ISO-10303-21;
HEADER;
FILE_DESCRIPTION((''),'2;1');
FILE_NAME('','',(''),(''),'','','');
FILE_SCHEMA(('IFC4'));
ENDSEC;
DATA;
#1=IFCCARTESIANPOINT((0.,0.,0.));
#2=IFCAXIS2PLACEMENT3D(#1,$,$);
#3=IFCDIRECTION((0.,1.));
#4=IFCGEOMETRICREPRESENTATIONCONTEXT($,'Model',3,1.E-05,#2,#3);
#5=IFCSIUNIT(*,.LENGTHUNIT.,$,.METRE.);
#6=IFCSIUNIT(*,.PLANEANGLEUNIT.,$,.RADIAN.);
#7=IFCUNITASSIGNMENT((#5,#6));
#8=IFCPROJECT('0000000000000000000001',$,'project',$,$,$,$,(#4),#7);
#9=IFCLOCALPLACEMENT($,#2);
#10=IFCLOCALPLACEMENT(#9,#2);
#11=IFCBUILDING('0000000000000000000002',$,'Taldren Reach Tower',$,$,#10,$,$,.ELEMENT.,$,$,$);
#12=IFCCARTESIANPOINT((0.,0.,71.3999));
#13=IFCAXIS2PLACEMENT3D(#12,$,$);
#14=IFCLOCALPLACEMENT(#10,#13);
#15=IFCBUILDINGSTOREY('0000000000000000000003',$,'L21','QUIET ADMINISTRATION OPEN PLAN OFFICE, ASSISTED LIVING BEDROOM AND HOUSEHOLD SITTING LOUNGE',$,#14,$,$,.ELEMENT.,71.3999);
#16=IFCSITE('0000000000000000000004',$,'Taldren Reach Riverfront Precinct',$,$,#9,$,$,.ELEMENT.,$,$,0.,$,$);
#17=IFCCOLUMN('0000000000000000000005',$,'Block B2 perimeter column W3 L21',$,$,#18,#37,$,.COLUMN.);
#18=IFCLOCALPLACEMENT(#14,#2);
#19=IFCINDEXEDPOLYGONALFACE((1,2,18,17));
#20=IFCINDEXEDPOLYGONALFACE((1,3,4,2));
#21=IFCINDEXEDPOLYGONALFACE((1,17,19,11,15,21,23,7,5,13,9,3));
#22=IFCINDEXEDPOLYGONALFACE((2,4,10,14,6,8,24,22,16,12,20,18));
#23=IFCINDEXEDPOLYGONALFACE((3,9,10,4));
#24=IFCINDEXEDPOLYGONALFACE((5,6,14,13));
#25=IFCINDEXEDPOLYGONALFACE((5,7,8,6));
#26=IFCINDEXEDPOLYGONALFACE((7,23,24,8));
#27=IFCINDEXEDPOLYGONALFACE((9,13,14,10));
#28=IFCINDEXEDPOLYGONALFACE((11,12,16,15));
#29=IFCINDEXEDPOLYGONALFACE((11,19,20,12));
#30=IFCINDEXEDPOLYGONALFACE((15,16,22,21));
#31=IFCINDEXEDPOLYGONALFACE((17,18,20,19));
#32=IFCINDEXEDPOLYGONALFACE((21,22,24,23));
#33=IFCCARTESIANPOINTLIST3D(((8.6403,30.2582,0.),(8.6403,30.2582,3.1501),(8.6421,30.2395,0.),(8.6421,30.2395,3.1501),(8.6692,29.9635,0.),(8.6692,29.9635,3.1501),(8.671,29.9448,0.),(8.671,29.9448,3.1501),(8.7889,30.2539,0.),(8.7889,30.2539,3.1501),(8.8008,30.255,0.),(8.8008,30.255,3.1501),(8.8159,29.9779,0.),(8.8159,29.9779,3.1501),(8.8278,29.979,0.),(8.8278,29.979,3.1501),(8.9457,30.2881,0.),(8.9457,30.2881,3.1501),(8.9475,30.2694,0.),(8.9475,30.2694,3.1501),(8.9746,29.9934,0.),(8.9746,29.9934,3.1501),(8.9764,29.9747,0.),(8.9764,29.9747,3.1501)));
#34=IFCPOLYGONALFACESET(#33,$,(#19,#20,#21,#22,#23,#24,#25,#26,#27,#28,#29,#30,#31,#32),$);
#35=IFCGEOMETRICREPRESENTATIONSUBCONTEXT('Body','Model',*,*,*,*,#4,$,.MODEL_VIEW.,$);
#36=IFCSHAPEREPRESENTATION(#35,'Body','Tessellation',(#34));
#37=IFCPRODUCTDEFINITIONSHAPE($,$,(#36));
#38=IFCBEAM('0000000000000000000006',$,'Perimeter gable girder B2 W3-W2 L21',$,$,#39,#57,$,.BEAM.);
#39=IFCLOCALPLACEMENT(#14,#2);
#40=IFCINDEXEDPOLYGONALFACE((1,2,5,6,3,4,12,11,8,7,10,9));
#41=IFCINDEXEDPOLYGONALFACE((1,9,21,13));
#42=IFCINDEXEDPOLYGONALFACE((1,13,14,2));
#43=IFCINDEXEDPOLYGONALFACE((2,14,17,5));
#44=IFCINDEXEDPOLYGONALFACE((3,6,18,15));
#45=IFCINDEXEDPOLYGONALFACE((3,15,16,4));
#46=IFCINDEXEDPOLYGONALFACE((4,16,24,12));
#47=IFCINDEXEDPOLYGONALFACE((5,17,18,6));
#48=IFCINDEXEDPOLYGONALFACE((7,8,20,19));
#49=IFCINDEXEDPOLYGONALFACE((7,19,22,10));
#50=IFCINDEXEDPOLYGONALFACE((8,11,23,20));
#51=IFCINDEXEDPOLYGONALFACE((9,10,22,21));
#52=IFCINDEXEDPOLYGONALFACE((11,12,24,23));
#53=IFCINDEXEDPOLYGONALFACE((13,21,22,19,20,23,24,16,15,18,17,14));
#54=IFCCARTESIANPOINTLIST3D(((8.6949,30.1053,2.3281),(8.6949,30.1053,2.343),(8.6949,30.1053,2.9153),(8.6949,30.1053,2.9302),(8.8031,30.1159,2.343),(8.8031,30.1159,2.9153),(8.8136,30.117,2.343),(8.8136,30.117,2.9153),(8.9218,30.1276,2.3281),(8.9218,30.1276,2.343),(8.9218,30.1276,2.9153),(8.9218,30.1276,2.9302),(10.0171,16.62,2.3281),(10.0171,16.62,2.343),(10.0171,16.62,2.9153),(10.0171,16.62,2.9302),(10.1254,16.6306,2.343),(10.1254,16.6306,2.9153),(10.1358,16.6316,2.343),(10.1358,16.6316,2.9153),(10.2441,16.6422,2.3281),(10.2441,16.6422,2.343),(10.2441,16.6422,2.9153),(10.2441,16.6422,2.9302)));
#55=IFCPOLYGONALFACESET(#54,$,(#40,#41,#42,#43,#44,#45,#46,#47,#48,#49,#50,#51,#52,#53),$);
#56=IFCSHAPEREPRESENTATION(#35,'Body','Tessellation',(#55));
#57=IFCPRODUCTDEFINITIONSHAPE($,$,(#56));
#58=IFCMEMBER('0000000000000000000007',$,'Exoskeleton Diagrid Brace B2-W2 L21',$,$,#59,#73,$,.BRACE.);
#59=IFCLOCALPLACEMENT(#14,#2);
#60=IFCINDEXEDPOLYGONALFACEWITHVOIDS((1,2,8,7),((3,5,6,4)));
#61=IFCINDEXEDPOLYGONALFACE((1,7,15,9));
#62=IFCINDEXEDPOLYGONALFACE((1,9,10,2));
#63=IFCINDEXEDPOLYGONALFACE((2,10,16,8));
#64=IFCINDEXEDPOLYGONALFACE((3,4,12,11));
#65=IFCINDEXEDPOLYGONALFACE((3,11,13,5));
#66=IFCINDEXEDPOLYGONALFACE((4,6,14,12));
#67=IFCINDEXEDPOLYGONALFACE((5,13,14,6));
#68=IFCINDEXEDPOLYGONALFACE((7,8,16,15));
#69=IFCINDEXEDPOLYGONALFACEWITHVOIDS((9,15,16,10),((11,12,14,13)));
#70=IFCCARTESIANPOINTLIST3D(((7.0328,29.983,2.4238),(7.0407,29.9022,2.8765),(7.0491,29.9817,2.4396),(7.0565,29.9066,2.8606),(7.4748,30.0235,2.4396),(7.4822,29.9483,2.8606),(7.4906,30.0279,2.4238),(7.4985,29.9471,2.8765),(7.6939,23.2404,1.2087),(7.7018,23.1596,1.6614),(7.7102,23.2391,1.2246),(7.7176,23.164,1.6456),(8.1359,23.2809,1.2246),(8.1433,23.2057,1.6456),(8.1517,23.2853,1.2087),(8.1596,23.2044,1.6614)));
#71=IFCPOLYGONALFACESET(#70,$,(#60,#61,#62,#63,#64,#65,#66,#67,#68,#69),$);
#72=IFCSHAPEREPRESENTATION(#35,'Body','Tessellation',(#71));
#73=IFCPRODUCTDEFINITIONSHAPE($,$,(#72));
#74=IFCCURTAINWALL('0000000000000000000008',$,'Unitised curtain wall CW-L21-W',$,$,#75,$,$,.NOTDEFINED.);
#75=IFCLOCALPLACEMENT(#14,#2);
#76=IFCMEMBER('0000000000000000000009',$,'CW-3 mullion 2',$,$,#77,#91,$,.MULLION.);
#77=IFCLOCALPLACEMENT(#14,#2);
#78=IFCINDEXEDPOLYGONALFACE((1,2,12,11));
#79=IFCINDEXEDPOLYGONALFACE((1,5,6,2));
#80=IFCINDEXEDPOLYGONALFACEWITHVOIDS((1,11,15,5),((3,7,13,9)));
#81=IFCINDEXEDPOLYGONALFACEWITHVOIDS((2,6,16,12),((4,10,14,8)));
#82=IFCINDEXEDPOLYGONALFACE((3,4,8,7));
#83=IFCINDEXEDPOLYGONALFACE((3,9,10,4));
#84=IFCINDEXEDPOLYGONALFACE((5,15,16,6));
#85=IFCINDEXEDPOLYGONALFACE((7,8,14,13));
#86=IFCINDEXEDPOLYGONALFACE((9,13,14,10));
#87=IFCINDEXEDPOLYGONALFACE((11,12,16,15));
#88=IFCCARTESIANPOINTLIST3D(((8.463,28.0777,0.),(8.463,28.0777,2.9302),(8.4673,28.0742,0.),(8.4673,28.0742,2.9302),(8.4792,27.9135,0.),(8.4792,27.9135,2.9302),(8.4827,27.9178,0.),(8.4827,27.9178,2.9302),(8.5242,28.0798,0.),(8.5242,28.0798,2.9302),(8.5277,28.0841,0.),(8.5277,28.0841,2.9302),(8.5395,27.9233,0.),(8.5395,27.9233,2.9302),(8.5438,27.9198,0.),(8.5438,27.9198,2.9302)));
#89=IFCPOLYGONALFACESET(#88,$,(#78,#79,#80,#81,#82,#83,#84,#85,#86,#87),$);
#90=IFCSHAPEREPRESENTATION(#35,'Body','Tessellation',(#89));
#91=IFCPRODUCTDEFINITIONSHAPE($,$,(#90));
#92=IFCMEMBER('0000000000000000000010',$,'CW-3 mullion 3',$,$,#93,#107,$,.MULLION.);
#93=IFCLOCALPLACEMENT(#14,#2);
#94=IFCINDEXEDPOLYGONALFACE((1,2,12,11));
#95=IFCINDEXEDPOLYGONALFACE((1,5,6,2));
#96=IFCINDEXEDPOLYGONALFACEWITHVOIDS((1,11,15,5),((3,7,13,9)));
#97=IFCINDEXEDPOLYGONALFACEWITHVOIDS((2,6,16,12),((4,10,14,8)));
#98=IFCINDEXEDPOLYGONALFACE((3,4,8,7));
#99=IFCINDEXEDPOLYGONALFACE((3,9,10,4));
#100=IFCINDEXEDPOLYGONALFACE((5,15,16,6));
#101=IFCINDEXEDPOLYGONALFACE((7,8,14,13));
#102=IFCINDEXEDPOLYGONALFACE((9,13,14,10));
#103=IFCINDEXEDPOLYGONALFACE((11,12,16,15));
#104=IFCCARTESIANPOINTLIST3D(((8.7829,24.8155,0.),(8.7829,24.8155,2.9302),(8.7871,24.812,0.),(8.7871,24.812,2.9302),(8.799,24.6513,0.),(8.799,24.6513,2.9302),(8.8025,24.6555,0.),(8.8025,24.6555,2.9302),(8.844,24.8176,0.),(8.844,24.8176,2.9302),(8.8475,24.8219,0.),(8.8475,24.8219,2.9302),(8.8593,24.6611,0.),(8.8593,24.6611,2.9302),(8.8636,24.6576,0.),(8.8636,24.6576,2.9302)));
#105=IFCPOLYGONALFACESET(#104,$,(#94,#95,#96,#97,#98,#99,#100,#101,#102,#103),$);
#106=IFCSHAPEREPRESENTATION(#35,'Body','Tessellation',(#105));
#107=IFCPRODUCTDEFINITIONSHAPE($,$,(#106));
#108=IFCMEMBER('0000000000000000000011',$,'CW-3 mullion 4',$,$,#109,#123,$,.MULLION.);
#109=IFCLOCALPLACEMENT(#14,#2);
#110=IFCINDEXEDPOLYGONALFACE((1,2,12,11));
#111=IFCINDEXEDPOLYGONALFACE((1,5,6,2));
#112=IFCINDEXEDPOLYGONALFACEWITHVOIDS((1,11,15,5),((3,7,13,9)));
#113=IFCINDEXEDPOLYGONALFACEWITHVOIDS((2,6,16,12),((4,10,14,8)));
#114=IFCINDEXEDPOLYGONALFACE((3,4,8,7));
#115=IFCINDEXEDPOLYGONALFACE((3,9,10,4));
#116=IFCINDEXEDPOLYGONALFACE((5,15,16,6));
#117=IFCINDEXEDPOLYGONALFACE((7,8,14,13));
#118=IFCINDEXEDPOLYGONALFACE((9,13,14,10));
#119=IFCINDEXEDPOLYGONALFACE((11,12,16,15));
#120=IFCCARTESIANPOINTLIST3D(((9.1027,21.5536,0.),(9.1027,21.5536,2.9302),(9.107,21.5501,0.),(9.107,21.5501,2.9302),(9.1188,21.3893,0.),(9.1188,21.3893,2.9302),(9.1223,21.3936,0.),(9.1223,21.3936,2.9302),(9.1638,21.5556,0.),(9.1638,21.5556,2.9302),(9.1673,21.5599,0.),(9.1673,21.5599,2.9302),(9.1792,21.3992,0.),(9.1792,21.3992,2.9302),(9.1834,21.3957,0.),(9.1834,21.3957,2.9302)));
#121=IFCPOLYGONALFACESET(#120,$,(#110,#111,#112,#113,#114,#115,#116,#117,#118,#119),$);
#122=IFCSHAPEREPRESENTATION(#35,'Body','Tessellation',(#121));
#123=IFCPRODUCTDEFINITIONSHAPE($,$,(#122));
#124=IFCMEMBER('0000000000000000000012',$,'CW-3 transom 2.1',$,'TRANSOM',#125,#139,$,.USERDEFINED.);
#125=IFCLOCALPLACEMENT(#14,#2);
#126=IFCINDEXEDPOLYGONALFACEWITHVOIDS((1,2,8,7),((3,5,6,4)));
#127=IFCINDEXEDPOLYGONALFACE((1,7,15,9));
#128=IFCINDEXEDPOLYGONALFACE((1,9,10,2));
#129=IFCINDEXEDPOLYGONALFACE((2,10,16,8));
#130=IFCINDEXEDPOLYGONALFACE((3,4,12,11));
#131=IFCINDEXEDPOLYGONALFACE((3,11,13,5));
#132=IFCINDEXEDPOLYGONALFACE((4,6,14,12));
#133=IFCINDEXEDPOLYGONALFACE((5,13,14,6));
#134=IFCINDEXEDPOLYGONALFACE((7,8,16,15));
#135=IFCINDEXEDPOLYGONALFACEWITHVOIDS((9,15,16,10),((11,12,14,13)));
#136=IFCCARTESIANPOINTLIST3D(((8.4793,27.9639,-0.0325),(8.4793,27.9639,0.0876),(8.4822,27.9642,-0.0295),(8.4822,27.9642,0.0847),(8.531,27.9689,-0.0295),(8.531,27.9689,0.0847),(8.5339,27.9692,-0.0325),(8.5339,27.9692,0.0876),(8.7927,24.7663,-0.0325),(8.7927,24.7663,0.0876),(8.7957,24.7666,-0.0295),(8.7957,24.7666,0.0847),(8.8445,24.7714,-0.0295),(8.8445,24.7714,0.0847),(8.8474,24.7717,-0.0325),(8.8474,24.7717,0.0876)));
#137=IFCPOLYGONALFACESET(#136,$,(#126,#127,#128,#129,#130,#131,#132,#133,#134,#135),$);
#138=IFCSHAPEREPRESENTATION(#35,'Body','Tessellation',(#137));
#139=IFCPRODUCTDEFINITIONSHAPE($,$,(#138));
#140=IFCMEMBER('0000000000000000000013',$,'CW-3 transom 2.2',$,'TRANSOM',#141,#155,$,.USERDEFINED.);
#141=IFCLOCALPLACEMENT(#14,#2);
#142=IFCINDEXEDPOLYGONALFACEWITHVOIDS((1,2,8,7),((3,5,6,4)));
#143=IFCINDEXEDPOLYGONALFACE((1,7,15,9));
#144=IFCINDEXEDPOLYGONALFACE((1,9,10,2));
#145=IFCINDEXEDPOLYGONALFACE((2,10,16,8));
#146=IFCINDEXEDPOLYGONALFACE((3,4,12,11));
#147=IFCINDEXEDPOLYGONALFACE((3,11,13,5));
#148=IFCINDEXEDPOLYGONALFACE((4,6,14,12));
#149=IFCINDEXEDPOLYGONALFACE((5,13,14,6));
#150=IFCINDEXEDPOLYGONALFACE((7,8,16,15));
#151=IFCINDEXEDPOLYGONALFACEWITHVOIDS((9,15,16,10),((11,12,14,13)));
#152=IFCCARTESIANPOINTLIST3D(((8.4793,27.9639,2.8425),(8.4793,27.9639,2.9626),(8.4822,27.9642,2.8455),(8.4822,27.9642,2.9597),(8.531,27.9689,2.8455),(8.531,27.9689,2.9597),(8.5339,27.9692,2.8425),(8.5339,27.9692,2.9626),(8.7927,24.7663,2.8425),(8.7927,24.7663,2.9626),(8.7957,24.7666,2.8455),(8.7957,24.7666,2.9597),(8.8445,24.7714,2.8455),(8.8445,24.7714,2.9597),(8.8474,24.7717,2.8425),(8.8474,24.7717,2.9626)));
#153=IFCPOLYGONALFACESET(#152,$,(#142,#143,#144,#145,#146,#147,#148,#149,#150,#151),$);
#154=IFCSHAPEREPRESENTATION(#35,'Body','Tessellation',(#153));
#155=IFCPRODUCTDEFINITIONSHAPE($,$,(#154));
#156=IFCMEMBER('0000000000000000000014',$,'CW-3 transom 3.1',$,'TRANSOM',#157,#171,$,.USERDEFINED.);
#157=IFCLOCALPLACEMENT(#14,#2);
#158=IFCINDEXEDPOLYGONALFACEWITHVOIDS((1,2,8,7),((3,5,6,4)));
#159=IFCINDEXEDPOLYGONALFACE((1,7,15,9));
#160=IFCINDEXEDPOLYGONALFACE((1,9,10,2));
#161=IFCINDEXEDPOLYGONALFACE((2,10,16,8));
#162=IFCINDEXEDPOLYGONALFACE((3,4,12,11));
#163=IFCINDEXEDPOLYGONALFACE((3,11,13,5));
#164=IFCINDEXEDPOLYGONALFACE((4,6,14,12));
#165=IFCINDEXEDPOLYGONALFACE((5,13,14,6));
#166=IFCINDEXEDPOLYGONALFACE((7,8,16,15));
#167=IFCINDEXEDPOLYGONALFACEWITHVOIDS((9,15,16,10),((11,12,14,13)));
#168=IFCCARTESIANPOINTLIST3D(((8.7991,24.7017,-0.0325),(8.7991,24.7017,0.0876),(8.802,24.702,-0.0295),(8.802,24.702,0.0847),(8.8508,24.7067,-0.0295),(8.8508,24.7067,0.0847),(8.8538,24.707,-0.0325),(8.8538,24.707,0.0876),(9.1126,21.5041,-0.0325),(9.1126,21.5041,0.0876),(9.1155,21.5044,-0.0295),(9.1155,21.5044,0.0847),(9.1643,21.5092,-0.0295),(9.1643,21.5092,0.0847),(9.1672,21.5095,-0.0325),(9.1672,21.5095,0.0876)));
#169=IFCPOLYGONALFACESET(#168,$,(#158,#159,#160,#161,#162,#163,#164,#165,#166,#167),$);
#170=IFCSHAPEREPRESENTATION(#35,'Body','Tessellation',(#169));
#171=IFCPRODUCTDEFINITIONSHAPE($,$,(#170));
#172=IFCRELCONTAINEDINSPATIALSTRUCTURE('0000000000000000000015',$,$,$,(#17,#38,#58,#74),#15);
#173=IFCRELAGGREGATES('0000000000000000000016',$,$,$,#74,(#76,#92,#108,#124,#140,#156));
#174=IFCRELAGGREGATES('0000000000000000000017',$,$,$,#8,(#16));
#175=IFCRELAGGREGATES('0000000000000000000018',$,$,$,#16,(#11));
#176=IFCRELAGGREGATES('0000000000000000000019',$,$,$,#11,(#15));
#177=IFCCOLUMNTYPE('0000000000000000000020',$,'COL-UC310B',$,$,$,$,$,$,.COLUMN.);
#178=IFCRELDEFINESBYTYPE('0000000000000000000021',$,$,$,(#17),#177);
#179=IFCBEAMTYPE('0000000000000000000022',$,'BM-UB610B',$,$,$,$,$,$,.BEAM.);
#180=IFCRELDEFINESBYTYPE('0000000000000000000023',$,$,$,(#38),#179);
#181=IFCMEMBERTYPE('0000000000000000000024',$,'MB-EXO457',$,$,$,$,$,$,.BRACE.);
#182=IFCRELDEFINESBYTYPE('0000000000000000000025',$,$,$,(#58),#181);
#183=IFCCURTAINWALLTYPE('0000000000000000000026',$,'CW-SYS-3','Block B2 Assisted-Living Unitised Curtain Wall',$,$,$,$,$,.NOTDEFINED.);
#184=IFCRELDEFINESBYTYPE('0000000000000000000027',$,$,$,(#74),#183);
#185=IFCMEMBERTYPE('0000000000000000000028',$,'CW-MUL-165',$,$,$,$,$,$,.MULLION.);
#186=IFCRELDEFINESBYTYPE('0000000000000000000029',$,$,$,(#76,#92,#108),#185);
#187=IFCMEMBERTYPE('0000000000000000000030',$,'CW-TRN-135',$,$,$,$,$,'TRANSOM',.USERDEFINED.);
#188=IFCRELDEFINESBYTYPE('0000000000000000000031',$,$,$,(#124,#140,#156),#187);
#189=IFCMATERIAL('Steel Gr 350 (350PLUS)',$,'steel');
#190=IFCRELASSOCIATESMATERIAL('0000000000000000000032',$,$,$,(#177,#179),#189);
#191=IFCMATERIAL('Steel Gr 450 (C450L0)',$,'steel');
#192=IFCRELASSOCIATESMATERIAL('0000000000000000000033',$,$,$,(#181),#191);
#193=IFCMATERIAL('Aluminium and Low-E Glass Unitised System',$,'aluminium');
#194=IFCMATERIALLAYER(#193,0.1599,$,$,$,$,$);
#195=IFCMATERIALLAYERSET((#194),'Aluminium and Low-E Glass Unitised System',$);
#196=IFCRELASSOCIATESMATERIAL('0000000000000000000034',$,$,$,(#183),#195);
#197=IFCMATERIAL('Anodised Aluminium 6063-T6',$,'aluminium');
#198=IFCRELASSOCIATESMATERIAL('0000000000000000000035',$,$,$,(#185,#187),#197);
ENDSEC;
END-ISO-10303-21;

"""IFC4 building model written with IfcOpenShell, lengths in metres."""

from ifc_helpers import new_model, si_unit, direction, frame, origin, origin_2d, place, context, subcontext, project, spatial, hollow_rectangle, i_section, extrude, source, transform, mapped, material, layer, layer_set, material_profile, profile_set, type_object, element, aggregate, save


model = new_model("IFC4")

# Units and contexts
model_context = context("Model", 3, precision=1e-05, world=origin(), true_north=direction((0.0, 1.0)))
body_context = subcontext(model_context, "Body", "Model", "MODEL_VIEW")
ifc_project = project(units=[si_unit("LENGTHUNIT", "METRE"), si_unit("PLANEANGLEUNIT", "RADIAN")], contexts=[model_context])

# Site, building, storey
site_placement = place(None, origin())
site = spatial("IfcSite", under=ifc_project, at=site_placement, Name="Taldren Reach Riverfront Precinct", CompositionType="ELEMENT", RefElevation=0.0)
building_placement = place(site_placement, origin())
building = spatial("IfcBuilding", under=site, at=building_placement, Name="Taldren Reach Tower", CompositionType="ELEMENT")
storey_placement = place(building_placement, frame((0.0, 0.0, 71.3999)))
storey = spatial("IfcBuildingStorey", under=building, at=storey_placement, Name="L21", Description="QUIET ADMINISTRATION OPEN PLAN OFFICE, ASSISTED LIVING BEDROOM AND HOUSEHOLD SITTING LOUNGE", CompositionType="ELEMENT", Elevation=71.3999)

# Column
ifc_material_1 = material(Name="Steel Gr 350 (350PLUS)", Category="steel")
ifc_material_profile_1 = material_profile(ifc_material_1, i_section(OverallWidth=0.3069, OverallDepth=0.3149, WebThickness=0.012, FlangeThickness=0.0188, at=origin_2d()), Name="310UC118")
ifc_profile_set_1 = profile_set([ifc_material_profile_1], Name="Steel Gr 350 (350PLUS)")
column_type = type_object("IfcColumnType", Name="COL-UC310B", PredefinedType="COLUMN", material=ifc_profile_set_1)
shared_shape_1 = source(origin(), body_context, "Body", "SweptSolid", [
    extrude(i_section(OverallWidth=0.3069, OverallDepth=0.3149, WebThickness=0.012, FlangeThickness=0.0188, at=origin_2d()), origin(), (0.0, 0.0, 1.0), 3.1501),
])
column_placement = place(storey_placement, frame((8.8083, 30.1165, 0.0), z_axis=(0.0, 0.0, 1.0), x_axis=(0.995227, 0.097583, 0.0)))
element("IfcColumn", 1, at=column_placement, inside=storey, type_object=column_type, Name="Block B2 perimeter column W3 L21", PredefinedType="COLUMN", context=body_context, shape_type="MappedRepresentation", body=[
    mapped(shared_shape_1, transform((0.0, 0.0, 0.0), scale=1.0)),
])

# Beam
ifc_material_profile_2 = material_profile(ifc_material_1, i_section(OverallWidth=0.228, OverallDepth=0.6021, WebThickness=0.0105, FlangeThickness=0.0149, at=origin_2d()), Name="610UB101")
ifc_profile_set_2 = profile_set([ifc_material_profile_2], Name="Steel Gr 350 (350PLUS)")
beam_type = type_object("IfcBeamType", Name="BM-UB610B", PredefinedType="BEAM", material=ifc_profile_set_2)
shared_shape_2 = source(origin(), body_context, "Body", "SweptSolid", [
    extrude(i_section(OverallWidth=0.228, OverallDepth=0.6021, WebThickness=0.0105, FlangeThickness=0.0149, at=origin_2d()), origin(), (0.0, 0.0, 1.0), 13.55),
])
beam_placement = place(storey_placement, frame((8.8083, 30.1165, 2.6292), z_axis=(0.097584, -0.995227, 0.0), x_axis=(0.995227, 0.097584, 0.0)))
element("IfcBeam", 2, at=beam_placement, inside=storey, type_object=beam_type, Name="Perimeter gable girder B2 W3-W2 L21", PredefinedType="BEAM", context=body_context, shape_type="MappedRepresentation", body=[
    mapped(shared_shape_2, transform((0.0, 0.0, 0.0), scale=1.0)),
])

# Member
ifc_material_2 = material(Name="Steel Gr 450 (C450L0)", Category="steel")
ifc_material_profile_3 = material_profile(ifc_material_2, hollow_rectangle(XDim=0.46, YDim=0.46, WallThickness=0.0161, at=origin_2d()), Name="460x460x16.0SHS")
ifc_profile_set_3 = profile_set([ifc_material_profile_3], Name="Steel Gr 450 (C450L0)")
member_type_1 = type_object("IfcMemberType", Name="MB-EXO457", PredefinedType="BRACE", material=ifc_profile_set_3)
shared_shape_3 = source(origin(), body_context, "Body", "SweptSolid", [
    extrude(hollow_rectangle(XDim=0.46, YDim=0.46, WallThickness=0.0161, at=origin_2d()), origin(), (0.0, 0.0, 1.0), 6.8831),
])
member_1_placement = place(storey_placement, frame((7.9268, 23.2224, 1.4351), z_axis=(-0.096051, 0.979597, 0.176532), x_axis=(-0.995227, -0.097584, 0.0)))
element("IfcMember", 3, at=member_1_placement, inside=storey, type_object=member_type_1, Name="Exoskeleton Diagrid Brace B2-W2 L21", PredefinedType="BRACE", context=body_context, shape_type="MappedRepresentation", body=[
    mapped(shared_shape_3, transform((0.0, 0.0, 0.0), scale=1.0)),
])

# Curtain wall, members
ifc_material_3 = material(Name="Aluminium and Low-E Glass Unitised System", Category="aluminium")
ifc_layer_1 = layer(ifc_material_3, 0.1599)
ifc_layer_set_1 = layer_set([ifc_layer_1], Name="Aluminium and Low-E Glass Unitised System")
curtain_wall_type = type_object("IfcCurtainWallType", Name="CW-SYS-3", Description="Block B2 Assisted-Living Unitised Curtain Wall", PredefinedType="NOTDEFINED", material=ifc_layer_set_1)
curtain_wall_placement = place(storey_placement, origin())
curtain_wall = element("IfcCurtainWall", 4, at=curtain_wall_placement, inside=storey, type_object=curtain_wall_type, Name="Unitised curtain wall CW-L21-W", PredefinedType="NOTDEFINED")
ifc_material_4 = material(Name="Anodised Aluminium 6063-T6", Category="aluminium")
ifc_material_profile_4 = material_profile(ifc_material_4, hollow_rectangle(XDim=0.0649, YDim=0.165, WallThickness=0.0039, at=origin_2d()), Name="ALU-165x65x4RHS")
ifc_profile_set_4 = profile_set([ifc_material_profile_4], Name="Anodised Aluminium 6063-T6")
member_type_2 = type_object("IfcMemberType", Name="CW-MUL-165", PredefinedType="MULLION", material=ifc_profile_set_4)
shared_shape_4 = source(origin(), body_context, "Body", "SweptSolid", [
    extrude(hollow_rectangle(XDim=0.0649, YDim=0.165, WallThickness=0.0039, at=origin_2d()), origin(), (0.0, 0.0, 1.0), 2.9302),
])
member_2_placement = place(storey_placement, frame((8.5034, 27.9988, 0.0), z_axis=(0.0, 0.0, 1.0), x_axis=(0.995227, 0.097583, 0.0)))
member_2 = element("IfcMember", 5, at=member_2_placement, type_object=member_type_2, Name="CW-3 mullion 2", PredefinedType="MULLION", context=body_context, shape_type="MappedRepresentation", body=[
    mapped(shared_shape_4, transform((0.0, 0.0, 0.0), scale=1.0)),
])
member_3_placement = place(storey_placement, frame((8.8232, 24.7366, 0.0), z_axis=(0.0, 0.0, 1.0), x_axis=(0.995227, 0.097583, 0.0)))
member_3 = element("IfcMember", 6, at=member_3_placement, type_object=member_type_2, Name="CW-3 mullion 3", PredefinedType="MULLION", context=body_context, shape_type="MappedRepresentation", body=[
    mapped(shared_shape_4, transform((0.0, 0.0, 0.0), scale=1.0)),
])
member_4_placement = place(storey_placement, frame((9.1431, 21.4746, 0.0), z_axis=(0.0, 0.0, 1.0), x_axis=(0.995227, 0.097583, 0.0)))
member_4 = element("IfcMember", 7, at=member_4_placement, type_object=member_type_2, Name="CW-3 mullion 4", PredefinedType="MULLION", context=body_context, shape_type="MappedRepresentation", body=[
    mapped(shared_shape_4, transform((0.0, 0.0, 0.0), scale=1.0)),
])
ifc_material_profile_5 = material_profile(ifc_material_4, hollow_rectangle(XDim=0.0549, YDim=0.1201, WallThickness=0.0029, at=origin_2d()), Name="ALU-120x55x3RHS")
ifc_profile_set_5 = profile_set([ifc_material_profile_5], Name="Anodised Aluminium 6063-T6")
member_type_3 = type_object("IfcMemberType", Name="CW-TRN-135", ElementType="TRANSOM", PredefinedType="USERDEFINED", material=ifc_profile_set_5)
shared_shape_5 = source(origin(), body_context, "Body", "SweptSolid", [
    extrude(hollow_rectangle(XDim=0.0549, YDim=0.1201, WallThickness=0.0029, at=origin_2d()), origin(), (0.0, 0.0, 1.0), 3.2129),
])
member_5_placement = place(storey_placement, frame((8.5066, 27.9666, 0.0276), z_axis=(0.09757, -0.995229, 0.0), x_axis=(0.995229, 0.09757, 0.0)))
member_5 = element("IfcMember", 8, at=member_5_placement, type_object=member_type_3, Name="CW-3 transom 2.1", ObjectType="TRANSOM", PredefinedType="USERDEFINED", context=body_context, shape_type="MappedRepresentation", body=[
    mapped(shared_shape_5, transform((0.0, 0.0, 0.0), scale=1.0)),
])
member_6_placement = place(storey_placement, frame((8.5066, 27.9666, 2.9026), z_axis=(0.09757, -0.995229, 0.0), x_axis=(0.995229, 0.09757, 0.0)))
member_6 = element("IfcMember", 9, at=member_6_placement, type_object=member_type_3, Name="CW-3 transom 2.2", ObjectType="TRANSOM", PredefinedType="USERDEFINED", context=body_context, shape_type="MappedRepresentation", body=[
    mapped(shared_shape_5, transform((0.0, 0.0, 0.0), scale=1.0)),
])
member_7_placement = place(storey_placement, frame((8.8264, 24.7043, 0.0276), z_axis=(0.09757, -0.995229, 0.0), x_axis=(0.995229, 0.09757, 0.0)))
member_7 = element("IfcMember", 10, at=member_7_placement, type_object=member_type_3, Name="CW-3 transom 3.1", ObjectType="TRANSOM", PredefinedType="USERDEFINED", context=body_context, shape_type="MappedRepresentation", body=[
    mapped(shared_shape_5, transform((0.0, 0.0, 0.0), scale=1.0)),
])

aggregate(curtain_wall, [member_2, member_3, member_4, member_5, member_6, member_7])

save(model, "model.ifc")
